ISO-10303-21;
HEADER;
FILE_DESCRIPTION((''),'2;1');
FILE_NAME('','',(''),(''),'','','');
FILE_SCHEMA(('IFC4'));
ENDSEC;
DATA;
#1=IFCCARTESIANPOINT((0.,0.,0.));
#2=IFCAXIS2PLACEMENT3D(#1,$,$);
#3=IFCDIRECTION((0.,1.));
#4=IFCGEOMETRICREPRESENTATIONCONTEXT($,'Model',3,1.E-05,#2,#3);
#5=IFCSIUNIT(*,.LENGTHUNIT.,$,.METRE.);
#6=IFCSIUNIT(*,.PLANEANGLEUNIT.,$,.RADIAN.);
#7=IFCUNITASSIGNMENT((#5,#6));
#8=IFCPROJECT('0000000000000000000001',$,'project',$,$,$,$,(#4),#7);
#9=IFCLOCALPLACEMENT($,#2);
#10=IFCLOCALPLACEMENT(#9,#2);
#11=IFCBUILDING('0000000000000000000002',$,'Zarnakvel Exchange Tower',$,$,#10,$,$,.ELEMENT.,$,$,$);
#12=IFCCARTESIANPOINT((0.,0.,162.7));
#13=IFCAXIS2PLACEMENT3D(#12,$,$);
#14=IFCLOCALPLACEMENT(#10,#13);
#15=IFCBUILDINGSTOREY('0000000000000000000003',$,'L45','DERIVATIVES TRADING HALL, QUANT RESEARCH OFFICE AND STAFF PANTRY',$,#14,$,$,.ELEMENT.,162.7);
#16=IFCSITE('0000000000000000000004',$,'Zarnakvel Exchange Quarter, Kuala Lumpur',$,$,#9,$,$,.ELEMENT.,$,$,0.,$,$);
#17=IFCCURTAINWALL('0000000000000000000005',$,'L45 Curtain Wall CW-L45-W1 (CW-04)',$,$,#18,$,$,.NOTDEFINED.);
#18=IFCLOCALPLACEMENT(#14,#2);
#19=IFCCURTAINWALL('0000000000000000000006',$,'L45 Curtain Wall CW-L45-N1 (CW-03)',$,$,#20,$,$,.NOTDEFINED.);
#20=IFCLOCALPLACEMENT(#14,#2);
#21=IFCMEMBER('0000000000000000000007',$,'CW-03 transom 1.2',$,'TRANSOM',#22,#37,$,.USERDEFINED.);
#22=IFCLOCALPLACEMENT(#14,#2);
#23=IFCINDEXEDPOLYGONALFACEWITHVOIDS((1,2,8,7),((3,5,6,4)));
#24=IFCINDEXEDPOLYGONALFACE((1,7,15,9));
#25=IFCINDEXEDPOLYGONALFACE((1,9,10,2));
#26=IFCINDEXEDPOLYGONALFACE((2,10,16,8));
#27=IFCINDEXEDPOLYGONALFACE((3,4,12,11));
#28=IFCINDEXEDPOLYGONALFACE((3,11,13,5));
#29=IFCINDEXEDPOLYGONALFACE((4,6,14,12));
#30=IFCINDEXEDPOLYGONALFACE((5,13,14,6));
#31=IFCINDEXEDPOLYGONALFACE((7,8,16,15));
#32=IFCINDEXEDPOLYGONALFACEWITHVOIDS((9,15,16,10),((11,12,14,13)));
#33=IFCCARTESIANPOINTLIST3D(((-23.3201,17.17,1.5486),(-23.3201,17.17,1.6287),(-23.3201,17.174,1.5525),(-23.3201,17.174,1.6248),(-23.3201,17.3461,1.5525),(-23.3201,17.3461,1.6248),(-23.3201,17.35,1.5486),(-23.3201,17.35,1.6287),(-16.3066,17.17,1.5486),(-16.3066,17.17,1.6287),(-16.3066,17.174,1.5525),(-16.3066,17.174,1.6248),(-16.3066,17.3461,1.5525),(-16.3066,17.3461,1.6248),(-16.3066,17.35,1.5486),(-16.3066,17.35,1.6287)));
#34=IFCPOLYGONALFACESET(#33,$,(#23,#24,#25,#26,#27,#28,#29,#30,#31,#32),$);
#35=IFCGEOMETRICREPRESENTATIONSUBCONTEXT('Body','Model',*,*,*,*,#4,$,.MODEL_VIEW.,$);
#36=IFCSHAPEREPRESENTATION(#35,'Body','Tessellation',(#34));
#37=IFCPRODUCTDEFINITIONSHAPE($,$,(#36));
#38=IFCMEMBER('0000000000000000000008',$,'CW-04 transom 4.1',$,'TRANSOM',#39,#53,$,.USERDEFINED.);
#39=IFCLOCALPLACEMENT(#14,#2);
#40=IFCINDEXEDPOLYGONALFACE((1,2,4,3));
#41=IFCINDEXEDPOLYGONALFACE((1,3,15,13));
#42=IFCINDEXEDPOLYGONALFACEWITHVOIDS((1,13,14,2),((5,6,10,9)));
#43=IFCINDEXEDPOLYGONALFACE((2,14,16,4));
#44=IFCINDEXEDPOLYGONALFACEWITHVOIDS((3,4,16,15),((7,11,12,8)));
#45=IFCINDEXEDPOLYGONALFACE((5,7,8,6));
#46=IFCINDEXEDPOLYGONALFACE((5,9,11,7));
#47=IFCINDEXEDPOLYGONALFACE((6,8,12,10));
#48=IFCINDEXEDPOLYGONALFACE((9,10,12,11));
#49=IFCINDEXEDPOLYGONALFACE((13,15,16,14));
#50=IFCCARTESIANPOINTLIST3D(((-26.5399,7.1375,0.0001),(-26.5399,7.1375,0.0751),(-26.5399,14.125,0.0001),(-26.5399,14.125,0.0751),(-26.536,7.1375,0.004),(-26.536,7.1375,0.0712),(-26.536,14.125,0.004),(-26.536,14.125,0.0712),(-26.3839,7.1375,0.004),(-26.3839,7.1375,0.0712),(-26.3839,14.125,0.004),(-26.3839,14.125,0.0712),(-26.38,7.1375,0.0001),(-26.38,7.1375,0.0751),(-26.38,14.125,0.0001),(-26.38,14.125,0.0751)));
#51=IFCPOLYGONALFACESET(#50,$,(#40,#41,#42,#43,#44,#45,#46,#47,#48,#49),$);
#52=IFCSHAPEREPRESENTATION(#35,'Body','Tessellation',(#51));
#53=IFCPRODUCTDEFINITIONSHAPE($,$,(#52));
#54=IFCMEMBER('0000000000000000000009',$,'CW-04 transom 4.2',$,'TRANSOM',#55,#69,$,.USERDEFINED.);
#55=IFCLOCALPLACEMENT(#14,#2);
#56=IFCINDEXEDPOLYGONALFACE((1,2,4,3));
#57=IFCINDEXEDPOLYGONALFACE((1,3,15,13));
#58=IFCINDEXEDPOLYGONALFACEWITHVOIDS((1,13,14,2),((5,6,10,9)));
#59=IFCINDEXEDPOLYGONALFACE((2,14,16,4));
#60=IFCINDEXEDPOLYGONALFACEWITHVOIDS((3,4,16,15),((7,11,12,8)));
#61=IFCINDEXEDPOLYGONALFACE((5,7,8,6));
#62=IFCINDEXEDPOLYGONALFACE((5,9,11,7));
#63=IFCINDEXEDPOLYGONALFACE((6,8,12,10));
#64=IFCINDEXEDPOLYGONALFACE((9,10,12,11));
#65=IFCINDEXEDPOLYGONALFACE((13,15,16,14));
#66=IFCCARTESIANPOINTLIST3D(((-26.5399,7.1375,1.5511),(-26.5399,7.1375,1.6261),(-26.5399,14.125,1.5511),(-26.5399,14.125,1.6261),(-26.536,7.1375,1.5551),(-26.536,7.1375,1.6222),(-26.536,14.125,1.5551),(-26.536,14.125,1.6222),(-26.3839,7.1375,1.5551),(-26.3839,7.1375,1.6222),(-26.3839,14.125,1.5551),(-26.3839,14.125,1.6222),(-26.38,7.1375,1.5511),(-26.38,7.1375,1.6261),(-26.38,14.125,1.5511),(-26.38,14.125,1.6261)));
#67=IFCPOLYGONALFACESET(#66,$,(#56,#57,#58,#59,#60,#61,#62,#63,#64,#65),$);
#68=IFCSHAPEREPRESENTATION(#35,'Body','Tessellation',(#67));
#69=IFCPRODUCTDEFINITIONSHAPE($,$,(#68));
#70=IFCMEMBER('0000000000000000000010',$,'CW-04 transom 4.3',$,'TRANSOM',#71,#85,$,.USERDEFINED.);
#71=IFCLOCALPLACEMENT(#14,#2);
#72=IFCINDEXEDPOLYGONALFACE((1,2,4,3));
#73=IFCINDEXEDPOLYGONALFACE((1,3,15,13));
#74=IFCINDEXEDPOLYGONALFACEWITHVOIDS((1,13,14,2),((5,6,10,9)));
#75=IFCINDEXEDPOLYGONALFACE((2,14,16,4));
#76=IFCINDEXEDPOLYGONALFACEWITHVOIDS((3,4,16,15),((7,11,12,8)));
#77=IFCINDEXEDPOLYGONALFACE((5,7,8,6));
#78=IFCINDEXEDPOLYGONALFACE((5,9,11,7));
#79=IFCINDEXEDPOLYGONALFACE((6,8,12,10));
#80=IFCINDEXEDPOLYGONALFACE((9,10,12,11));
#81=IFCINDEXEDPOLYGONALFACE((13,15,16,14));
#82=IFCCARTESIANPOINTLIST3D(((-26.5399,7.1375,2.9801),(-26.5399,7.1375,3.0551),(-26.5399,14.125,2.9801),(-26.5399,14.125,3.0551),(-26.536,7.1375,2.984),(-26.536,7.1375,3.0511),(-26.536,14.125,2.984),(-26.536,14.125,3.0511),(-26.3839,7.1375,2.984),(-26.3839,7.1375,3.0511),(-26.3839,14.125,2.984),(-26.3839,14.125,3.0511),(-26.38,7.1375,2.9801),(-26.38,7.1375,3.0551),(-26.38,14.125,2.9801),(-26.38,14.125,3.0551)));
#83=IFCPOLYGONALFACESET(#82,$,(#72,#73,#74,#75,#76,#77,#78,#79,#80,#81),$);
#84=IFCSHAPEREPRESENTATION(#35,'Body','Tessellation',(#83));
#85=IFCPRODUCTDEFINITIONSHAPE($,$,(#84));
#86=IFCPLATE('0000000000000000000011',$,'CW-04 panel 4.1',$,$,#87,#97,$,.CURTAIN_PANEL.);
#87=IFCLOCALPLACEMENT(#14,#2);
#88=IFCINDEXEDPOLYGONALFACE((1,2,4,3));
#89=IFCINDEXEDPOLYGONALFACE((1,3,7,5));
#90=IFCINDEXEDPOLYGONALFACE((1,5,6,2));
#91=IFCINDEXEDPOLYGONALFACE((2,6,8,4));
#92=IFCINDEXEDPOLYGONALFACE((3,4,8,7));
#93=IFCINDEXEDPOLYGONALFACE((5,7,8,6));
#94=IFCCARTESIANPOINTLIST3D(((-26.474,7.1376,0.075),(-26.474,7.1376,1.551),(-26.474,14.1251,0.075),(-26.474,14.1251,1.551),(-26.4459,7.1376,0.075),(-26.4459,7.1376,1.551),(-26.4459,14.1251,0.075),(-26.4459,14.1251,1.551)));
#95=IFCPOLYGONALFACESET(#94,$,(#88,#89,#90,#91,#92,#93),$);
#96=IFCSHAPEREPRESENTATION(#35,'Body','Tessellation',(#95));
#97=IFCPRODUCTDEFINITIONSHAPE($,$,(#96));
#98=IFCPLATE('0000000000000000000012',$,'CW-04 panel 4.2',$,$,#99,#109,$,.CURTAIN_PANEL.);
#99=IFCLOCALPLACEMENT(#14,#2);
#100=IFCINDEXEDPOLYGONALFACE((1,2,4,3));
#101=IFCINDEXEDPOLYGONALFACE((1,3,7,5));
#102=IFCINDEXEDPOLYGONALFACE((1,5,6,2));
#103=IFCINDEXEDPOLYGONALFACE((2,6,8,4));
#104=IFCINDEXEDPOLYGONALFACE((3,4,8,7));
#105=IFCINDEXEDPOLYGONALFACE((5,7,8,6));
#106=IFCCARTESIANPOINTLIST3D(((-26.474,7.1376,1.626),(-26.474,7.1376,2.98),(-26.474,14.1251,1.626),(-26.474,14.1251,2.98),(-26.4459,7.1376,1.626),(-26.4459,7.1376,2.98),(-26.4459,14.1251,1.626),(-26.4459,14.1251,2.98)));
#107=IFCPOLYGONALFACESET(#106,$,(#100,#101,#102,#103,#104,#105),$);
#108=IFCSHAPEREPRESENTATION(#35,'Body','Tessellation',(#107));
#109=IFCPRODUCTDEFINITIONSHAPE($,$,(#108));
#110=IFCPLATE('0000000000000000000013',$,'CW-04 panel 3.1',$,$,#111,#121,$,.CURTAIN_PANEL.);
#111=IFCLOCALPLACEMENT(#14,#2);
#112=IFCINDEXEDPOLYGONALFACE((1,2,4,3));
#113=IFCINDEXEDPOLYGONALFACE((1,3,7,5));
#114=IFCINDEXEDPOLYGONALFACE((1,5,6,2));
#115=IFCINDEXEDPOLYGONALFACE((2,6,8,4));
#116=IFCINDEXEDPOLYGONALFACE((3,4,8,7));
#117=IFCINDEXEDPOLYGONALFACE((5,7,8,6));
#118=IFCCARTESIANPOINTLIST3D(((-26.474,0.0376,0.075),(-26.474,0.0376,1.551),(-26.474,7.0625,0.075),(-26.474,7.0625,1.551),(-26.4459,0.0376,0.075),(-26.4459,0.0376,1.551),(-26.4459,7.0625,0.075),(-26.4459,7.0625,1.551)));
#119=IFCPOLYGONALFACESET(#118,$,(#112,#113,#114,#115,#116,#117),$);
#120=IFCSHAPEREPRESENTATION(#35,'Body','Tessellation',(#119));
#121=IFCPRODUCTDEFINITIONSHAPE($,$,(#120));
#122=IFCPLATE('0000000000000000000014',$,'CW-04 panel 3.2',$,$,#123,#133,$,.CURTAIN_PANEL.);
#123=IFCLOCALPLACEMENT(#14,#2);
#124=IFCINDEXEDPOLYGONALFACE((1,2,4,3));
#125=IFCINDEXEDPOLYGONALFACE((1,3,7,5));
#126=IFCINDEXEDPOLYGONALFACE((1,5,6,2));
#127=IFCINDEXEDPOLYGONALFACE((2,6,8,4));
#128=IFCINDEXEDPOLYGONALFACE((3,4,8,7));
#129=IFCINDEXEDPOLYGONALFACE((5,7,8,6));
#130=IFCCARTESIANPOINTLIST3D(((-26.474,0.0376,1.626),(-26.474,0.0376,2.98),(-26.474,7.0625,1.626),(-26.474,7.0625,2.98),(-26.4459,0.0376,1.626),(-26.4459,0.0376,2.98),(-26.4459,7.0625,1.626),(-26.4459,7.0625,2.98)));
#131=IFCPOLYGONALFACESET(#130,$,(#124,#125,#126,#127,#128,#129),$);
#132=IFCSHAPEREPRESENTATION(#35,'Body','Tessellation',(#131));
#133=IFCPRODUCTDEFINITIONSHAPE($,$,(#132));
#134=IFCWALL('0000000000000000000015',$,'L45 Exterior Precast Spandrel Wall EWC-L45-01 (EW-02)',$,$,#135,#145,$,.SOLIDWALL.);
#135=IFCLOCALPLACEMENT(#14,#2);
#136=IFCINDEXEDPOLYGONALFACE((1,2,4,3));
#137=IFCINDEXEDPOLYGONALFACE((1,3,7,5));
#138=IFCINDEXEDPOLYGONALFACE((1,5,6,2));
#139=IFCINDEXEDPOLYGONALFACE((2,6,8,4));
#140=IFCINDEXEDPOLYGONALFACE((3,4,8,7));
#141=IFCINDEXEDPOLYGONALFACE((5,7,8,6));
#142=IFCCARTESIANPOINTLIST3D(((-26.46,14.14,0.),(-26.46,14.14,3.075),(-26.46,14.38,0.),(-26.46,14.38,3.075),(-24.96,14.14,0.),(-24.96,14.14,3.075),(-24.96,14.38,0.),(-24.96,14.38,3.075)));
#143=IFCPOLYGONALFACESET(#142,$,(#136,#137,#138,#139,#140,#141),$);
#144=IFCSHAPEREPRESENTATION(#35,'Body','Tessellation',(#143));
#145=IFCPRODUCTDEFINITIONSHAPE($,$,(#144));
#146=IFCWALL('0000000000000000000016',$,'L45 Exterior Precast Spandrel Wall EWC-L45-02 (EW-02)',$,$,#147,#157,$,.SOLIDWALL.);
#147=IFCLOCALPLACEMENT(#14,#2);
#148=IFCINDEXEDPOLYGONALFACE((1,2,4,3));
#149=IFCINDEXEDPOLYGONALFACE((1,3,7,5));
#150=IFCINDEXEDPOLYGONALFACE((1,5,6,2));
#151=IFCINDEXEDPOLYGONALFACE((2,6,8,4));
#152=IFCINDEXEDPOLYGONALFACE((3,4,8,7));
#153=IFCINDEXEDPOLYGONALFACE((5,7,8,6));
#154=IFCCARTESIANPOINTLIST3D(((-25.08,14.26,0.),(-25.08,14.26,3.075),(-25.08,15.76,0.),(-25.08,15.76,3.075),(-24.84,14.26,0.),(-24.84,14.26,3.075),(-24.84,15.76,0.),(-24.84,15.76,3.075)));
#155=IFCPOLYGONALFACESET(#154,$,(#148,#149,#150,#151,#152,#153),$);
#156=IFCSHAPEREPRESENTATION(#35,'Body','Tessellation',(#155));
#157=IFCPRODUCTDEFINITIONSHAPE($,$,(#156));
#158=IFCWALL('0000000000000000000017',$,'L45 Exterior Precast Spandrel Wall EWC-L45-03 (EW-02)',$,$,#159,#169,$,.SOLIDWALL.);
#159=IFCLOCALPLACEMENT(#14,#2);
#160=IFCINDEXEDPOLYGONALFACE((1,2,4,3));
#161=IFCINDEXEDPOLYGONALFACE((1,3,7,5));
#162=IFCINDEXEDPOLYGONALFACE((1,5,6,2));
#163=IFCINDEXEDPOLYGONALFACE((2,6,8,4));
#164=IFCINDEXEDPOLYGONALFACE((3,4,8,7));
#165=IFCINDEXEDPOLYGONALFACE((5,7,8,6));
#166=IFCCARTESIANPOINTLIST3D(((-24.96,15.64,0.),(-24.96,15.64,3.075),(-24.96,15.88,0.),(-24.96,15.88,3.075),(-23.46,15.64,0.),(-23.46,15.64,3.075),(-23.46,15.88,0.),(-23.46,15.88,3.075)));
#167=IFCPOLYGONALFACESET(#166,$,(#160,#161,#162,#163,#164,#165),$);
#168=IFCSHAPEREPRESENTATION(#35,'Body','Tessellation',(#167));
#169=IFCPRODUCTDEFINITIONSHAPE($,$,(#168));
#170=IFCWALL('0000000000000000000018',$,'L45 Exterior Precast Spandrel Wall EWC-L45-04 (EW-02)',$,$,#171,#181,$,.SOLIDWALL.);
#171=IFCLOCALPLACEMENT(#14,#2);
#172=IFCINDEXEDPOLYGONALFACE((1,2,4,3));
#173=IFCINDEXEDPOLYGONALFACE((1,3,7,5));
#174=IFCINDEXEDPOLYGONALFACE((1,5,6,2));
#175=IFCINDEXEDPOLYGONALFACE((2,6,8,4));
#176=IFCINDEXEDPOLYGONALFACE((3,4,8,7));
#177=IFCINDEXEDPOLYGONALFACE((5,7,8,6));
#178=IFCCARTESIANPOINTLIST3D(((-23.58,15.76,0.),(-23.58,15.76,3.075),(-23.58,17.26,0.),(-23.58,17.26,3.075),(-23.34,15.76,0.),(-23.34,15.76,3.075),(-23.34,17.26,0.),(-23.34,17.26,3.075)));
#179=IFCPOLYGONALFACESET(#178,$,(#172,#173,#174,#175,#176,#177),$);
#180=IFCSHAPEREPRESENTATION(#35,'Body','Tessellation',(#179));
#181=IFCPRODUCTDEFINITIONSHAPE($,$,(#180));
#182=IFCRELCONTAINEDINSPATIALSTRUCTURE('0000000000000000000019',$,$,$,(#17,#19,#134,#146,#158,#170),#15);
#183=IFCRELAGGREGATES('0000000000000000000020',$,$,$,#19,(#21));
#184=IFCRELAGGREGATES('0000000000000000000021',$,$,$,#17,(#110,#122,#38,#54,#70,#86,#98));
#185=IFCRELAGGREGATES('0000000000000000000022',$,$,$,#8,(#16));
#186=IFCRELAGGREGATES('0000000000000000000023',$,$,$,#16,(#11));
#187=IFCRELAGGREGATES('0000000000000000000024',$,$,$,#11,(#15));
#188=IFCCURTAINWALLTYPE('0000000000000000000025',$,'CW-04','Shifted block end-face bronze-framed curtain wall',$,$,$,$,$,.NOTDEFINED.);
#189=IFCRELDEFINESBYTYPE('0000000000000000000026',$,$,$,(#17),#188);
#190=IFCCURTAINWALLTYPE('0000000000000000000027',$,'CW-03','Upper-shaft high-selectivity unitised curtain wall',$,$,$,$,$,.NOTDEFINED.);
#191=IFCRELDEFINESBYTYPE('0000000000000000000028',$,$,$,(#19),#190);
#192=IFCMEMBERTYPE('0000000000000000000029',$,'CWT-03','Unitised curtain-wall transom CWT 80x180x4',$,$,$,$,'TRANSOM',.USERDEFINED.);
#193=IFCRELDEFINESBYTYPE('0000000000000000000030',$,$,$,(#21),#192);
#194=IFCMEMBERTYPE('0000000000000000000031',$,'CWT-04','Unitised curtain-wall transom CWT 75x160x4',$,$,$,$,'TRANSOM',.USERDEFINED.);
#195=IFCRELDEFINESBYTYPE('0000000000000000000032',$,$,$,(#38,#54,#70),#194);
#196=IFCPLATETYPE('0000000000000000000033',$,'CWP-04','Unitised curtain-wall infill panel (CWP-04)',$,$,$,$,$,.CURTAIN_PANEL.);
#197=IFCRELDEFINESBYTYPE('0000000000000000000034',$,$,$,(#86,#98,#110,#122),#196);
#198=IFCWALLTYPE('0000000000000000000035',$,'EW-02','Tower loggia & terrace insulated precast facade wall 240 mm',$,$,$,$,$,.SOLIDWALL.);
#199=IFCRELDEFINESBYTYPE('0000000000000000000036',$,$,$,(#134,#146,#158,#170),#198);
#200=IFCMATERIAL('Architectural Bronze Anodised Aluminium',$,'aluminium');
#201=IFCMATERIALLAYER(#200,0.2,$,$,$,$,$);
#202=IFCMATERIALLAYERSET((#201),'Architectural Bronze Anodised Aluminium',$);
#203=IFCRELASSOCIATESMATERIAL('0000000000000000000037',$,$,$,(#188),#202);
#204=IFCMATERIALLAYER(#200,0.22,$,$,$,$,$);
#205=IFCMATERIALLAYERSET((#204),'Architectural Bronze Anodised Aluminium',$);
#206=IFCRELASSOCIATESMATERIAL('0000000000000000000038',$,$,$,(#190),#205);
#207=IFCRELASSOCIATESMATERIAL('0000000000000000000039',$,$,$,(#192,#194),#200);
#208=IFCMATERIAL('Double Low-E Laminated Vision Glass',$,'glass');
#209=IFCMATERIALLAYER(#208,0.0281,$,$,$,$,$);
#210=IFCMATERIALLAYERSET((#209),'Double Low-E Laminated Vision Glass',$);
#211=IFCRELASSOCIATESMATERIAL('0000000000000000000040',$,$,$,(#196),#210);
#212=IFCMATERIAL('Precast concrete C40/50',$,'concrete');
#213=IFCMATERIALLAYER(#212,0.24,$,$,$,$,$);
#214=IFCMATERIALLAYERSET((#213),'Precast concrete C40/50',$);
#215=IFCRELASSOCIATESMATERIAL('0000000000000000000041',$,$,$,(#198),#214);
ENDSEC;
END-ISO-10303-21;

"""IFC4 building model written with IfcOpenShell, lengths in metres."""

from ifc_helpers import new_model, si_unit, direction, frame, frame_2d, origin, origin_2d, place, context, subcontext, project, spatial, rectangle, hollow_rectangle, extrude, source, transform, mapped, material, layer, layer_set, material_profile, profile_set, type_object, element, aggregate, save


model = new_model("IFC4")

# Units and contexts
model_context = context("Model", 3, precision=1e-05, world=origin(), true_north=direction((0.0, 1.0)))
body_context = subcontext(model_context, "Body", "Model", "MODEL_VIEW")
ifc_project = project(units=[si_unit("LENGTHUNIT", "METRE"), si_unit("PLANEANGLEUNIT", "RADIAN")], contexts=[model_context])

# Site, building, storey
site_placement = place(None, origin())
site = spatial("IfcSite", under=ifc_project, at=site_placement, Name="Zarnakvel Exchange Quarter, Kuala Lumpur", CompositionType="ELEMENT", RefElevation=0.0)
building_placement = place(site_placement, origin())
building = spatial("IfcBuilding", under=site, at=building_placement, Name="Zarnakvel Exchange Tower", CompositionType="ELEMENT")
storey_placement = place(building_placement, frame((0.0, 0.0, 162.7)))
storey = spatial("IfcBuildingStorey", under=building, at=storey_placement, Name="L45", Description="DERIVATIVES TRADING HALL, QUANT RESEARCH OFFICE AND STAFF PANTRY", CompositionType="ELEMENT", Elevation=162.7)

# Curtain walls, member
ifc_material_1 = material(Name="Architectural Bronze Anodised Aluminium", Category="aluminium")
ifc_layer_1 = layer(ifc_material_1, 0.2)
ifc_layer_set_1 = layer_set([ifc_layer_1], Name="Architectural Bronze Anodised Aluminium")
curtain_wall_type_1 = type_object("IfcCurtainWallType", Name="CW-04", Description="Shifted block end-face bronze-framed curtain wall", PredefinedType="NOTDEFINED", material=ifc_layer_set_1)
curtain_wall_1_placement = place(storey_placement, origin())
curtain_wall_1 = element("IfcCurtainWall", 1, at=curtain_wall_1_placement, inside=storey, type_object=curtain_wall_type_1, Name="L45 Curtain Wall CW-L45-W1 (CW-04)", PredefinedType="NOTDEFINED")
ifc_layer_2 = layer(ifc_material_1, 0.22)
ifc_layer_set_2 = layer_set([ifc_layer_2], Name="Architectural Bronze Anodised Aluminium")
curtain_wall_type_2 = type_object("IfcCurtainWallType", Name="CW-03", Description="Upper-shaft high-selectivity unitised curtain wall", PredefinedType="NOTDEFINED", material=ifc_layer_set_2)
curtain_wall_2_placement = place(storey_placement, origin())
curtain_wall_2 = element("IfcCurtainWall", 2, at=curtain_wall_2_placement, inside=storey, type_object=curtain_wall_type_2, Name="L45 Curtain Wall CW-L45-N1 (CW-03)", PredefinedType="NOTDEFINED")
ifc_material_profile_1 = material_profile(ifc_material_1, hollow_rectangle(XDim=0.1799, YDim=0.0801, WallThickness=0.0039, at=origin_2d()))
ifc_profile_set_1 = profile_set([ifc_material_profile_1], Name="Architectural Bronze Anodised Aluminium")
member_type_1 = type_object("IfcMemberType", Name="CWT-03", Description="Unitised curtain-wall transom CWT 80x180x4", ElementType="TRANSOM", PredefinedType="USERDEFINED", material=ifc_profile_set_1)
shared_shape_1 = source(origin(), body_context, "Body", "SweptSolid", [
    extrude(hollow_rectangle(XDim=0.1799, YDim=0.0801, WallThickness=0.0039, at=origin_2d()), origin(), (0.0, 0.0, 1.0), 7.0134),
])
member_1_placement = place(storey_placement, frame((-23.3201, 17.26, 1.5886), z_axis=(1.0, 0.0, 0.0), x_axis=(0.0, 1.0, 0.0)))
member_1 = element("IfcMember", 3, at=member_1_placement, type_object=member_type_1, Name="CW-03 transom 1.2", ObjectType="TRANSOM", PredefinedType="USERDEFINED", context=body_context, shape_type="MappedRepresentation", body=[
    mapped(shared_shape_1, transform((0.0, 0.0, 0.0), x_axis=(1.0, 0.0, 0.0), y_axis=(0.0, 1.0, 0.0), z_axis=(0.0, 0.0, 1.0), scale=1.0)),
])
aggregate(curtain_wall_2, [member_1])

# Members
ifc_material_profile_2 = material_profile(ifc_material_1, hollow_rectangle(XDim=0.1599, YDim=0.075, WallThickness=0.0039, at=origin_2d()))
ifc_profile_set_2 = profile_set([ifc_material_profile_2], Name="Architectural Bronze Anodised Aluminium")
member_type_2 = type_object("IfcMemberType", Name="CWT-04", Description="Unitised curtain-wall transom CWT 75x160x4", ElementType="TRANSOM", PredefinedType="USERDEFINED", material=ifc_profile_set_2)
shared_shape_2 = source(origin(), body_context, "Body", "SweptSolid", [
    extrude(hollow_rectangle(XDim=0.1599, YDim=0.075, WallThickness=0.0039, at=origin_2d()), origin(), (0.0, 0.0, 1.0), 6.9875),
])
member_2_placement = place(storey_placement, frame((-26.46, 7.1375, 0.0376), z_axis=(0.0, 1.0, 0.0), x_axis=(-1.0, 0.0, 0.0)))
member_2 = element("IfcMember", 4, at=member_2_placement, type_object=member_type_2, Name="CW-04 transom 4.1", ObjectType="TRANSOM", PredefinedType="USERDEFINED", context=body_context, shape_type="MappedRepresentation", body=[
    mapped(shared_shape_2, transform((0.0, 0.0, 0.0), x_axis=(1.0, 0.0, 0.0), y_axis=(0.0, 1.0, 0.0), z_axis=(0.0, 0.0, 1.0), scale=1.0)),
])
member_3_placement = place(storey_placement, frame((-26.46, 7.1375, 1.5886), z_axis=(0.0, 1.0, 0.0), x_axis=(-1.0, 0.0, 0.0)))
member_3 = element("IfcMember", 5, at=member_3_placement, type_object=member_type_2, Name="CW-04 transom 4.2", ObjectType="TRANSOM", PredefinedType="USERDEFINED", context=body_context, shape_type="MappedRepresentation", body=[
    mapped(shared_shape_2, transform((0.0, 0.0, 0.0), x_axis=(1.0, 0.0, 0.0), y_axis=(0.0, 1.0, 0.0), z_axis=(0.0, 0.0, 1.0), scale=1.0)),
])
member_4_placement = place(storey_placement, frame((-26.46, 7.1375, 3.0176), z_axis=(0.0, 1.0, 0.0), x_axis=(-1.0, 0.0, 0.0)))
member_4 = element("IfcMember", 6, at=member_4_placement, type_object=member_type_2, Name="CW-04 transom 4.3", ObjectType="TRANSOM", PredefinedType="USERDEFINED", context=body_context, shape_type="MappedRepresentation", body=[
    mapped(shared_shape_2, transform((0.0, 0.0, 0.0), x_axis=(1.0, 0.0, 0.0), y_axis=(0.0, 1.0, 0.0), z_axis=(0.0, 0.0, 1.0), scale=1.0)),
])

# Plates
ifc_material_2 = material(Name="Double Low-E Laminated Vision Glass", Category="glass")
ifc_layer_3 = layer(ifc_material_2, 0.0281)
ifc_layer_set_3 = layer_set([ifc_layer_3], Name="Double Low-E Laminated Vision Glass")
plate_type = type_object("IfcPlateType", Name="CWP-04", Description="Unitised curtain-wall infill panel (CWP-04)", PredefinedType="CURTAIN_PANEL", material=ifc_layer_set_3)
shared_shape_3 = source(origin(), body_context, "Body", "SweptSolid", [
    extrude(rectangle(XDim=6.9875, YDim=0.0281, at=origin_2d()), origin(), (0.0, 0.0, 1.0), 1.4761),
])
plate_1_placement = place(storey_placement, frame((-26.46, 10.6313, 0.075), z_axis=(0.0, 0.0, 1.0), x_axis=(0.0, 1.0, 0.0)))
plate_1 = element("IfcPlate", 7, at=plate_1_placement, type_object=plate_type, Name="CW-04 panel 4.1", PredefinedType="CURTAIN_PANEL", context=body_context, shape_type="MappedRepresentation", body=[
    mapped(shared_shape_3, transform((0.0, 0.0, 0.0), x_axis=(1.0, 0.0, 0.0), y_axis=(0.0, 1.0, 0.0), z_axis=(0.0, 0.0, 1.0), scale=1.0)),
])
shared_shape_4 = source(origin(), body_context, "Body", "SweptSolid", [
    extrude(rectangle(XDim=6.9875, YDim=0.0281, at=origin_2d()), origin(), (0.0, 0.0, 1.0), 1.354),
])
plate_2_placement = place(storey_placement, frame((-26.46, 10.6313, 1.626), z_axis=(0.0, 0.0, 1.0), x_axis=(0.0, 1.0, 0.0)))
plate_2 = element("IfcPlate", 8, at=plate_2_placement, type_object=plate_type, Name="CW-04 panel 4.2", PredefinedType="CURTAIN_PANEL", context=body_context, shape_type="MappedRepresentation", body=[
    mapped(shared_shape_4, transform((0.0, 0.0, 0.0), x_axis=(1.0, 0.0, 0.0), y_axis=(0.0, 1.0, 0.0), z_axis=(0.0, 0.0, 1.0), scale=1.0)),
])
shared_shape_5 = source(origin(), body_context, "Body", "SweptSolid", [
    extrude(rectangle(XDim=7.0249, YDim=0.0281, at=origin_2d()), origin(), (0.0, 0.0, 1.0), 1.4761),
])
plate_3_placement = place(storey_placement, frame((-26.46, 3.55, 0.075), z_axis=(0.0, 0.0, 1.0), x_axis=(0.0, 1.0, 0.0)))
plate_3 = element("IfcPlate", 9, at=plate_3_placement, type_object=plate_type, Name="CW-04 panel 3.1", PredefinedType="CURTAIN_PANEL", context=body_context, shape_type="MappedRepresentation", body=[
    mapped(shared_shape_5, transform((0.0, 0.0, 0.0), x_axis=(1.0, 0.0, 0.0), y_axis=(0.0, 1.0, 0.0), z_axis=(0.0, 0.0, 1.0), scale=1.0)),
])
shared_shape_6 = source(origin(), body_context, "Body", "SweptSolid", [
    extrude(rectangle(XDim=7.0249, YDim=0.0281, at=origin_2d()), origin(), (0.0, 0.0, 1.0), 1.354),
])
plate_4_placement = place(storey_placement, frame((-26.46, 3.55, 1.626), z_axis=(0.0, 0.0, 1.0), x_axis=(0.0, 1.0, 0.0)))
plate_4 = element("IfcPlate", 10, at=plate_4_placement, type_object=plate_type, Name="CW-04 panel 3.2", PredefinedType="CURTAIN_PANEL", context=body_context, shape_type="MappedRepresentation", body=[
    mapped(shared_shape_6, transform((0.0, 0.0, 0.0), x_axis=(1.0, 0.0, 0.0), y_axis=(0.0, 1.0, 0.0), z_axis=(0.0, 0.0, 1.0), scale=1.0)),
])
aggregate(curtain_wall_1, [plate_3, plate_4, member_2, member_3, member_4, plate_1, plate_2])

# Walls
ifc_material_3 = material(Name="Precast concrete C40/50", Category="concrete")
ifc_layer_4 = layer(ifc_material_3, 0.24)
ifc_layer_set_4 = layer_set([ifc_layer_4], Name="Precast concrete C40/50")
wall_type_1 = type_object("IfcWallType", Name="EW-02", Description="Tower loggia & terrace insulated precast facade wall 240 mm", PredefinedType="SOLIDWALL", material=ifc_layer_set_4)
for number, where, z_axis, x_axis, name in (
    (11, (-24.96, 14.26, 0.0), (0.0, 0.0, 1.0), (-1.0, 0.0, 0.0), "L45 Exterior Precast Spandrel Wall EWC-L45-01 (EW-02)"),
    (12, (-24.96, 15.76, 0.0), (0.0, 0.0, 1.0), (0.0, -1.0, 0.0), "L45 Exterior Precast Spandrel Wall EWC-L45-02 (EW-02)"),
    (13, (-23.46, 15.76, 0.0), (0.0, 0.0, 1.0), (-1.0, 0.0, 0.0), "L45 Exterior Precast Spandrel Wall EWC-L45-03 (EW-02)"),
    (14, (-23.46, 17.26, 0.0), (0.0, 0.0, 1.0), (0.0, -1.0, 0.0), "L45 Exterior Precast Spandrel Wall EWC-L45-04 (EW-02)"),
):
    element("IfcWall", number, at=place(storey_placement, frame(where, z_axis=z_axis, x_axis=x_axis)), inside=storey, type_object=wall_type_1, Name=name, PredefinedType="SOLIDWALL", context=body_context, shape_type="SweptSolid", body=[
        extrude(rectangle(XDim=1.5, YDim=0.24, at=frame_2d((0.75, 0.0))), origin(), (0.0, 0.0, 1.0), 3.075),
    ])

save(model, "model.ifc")
